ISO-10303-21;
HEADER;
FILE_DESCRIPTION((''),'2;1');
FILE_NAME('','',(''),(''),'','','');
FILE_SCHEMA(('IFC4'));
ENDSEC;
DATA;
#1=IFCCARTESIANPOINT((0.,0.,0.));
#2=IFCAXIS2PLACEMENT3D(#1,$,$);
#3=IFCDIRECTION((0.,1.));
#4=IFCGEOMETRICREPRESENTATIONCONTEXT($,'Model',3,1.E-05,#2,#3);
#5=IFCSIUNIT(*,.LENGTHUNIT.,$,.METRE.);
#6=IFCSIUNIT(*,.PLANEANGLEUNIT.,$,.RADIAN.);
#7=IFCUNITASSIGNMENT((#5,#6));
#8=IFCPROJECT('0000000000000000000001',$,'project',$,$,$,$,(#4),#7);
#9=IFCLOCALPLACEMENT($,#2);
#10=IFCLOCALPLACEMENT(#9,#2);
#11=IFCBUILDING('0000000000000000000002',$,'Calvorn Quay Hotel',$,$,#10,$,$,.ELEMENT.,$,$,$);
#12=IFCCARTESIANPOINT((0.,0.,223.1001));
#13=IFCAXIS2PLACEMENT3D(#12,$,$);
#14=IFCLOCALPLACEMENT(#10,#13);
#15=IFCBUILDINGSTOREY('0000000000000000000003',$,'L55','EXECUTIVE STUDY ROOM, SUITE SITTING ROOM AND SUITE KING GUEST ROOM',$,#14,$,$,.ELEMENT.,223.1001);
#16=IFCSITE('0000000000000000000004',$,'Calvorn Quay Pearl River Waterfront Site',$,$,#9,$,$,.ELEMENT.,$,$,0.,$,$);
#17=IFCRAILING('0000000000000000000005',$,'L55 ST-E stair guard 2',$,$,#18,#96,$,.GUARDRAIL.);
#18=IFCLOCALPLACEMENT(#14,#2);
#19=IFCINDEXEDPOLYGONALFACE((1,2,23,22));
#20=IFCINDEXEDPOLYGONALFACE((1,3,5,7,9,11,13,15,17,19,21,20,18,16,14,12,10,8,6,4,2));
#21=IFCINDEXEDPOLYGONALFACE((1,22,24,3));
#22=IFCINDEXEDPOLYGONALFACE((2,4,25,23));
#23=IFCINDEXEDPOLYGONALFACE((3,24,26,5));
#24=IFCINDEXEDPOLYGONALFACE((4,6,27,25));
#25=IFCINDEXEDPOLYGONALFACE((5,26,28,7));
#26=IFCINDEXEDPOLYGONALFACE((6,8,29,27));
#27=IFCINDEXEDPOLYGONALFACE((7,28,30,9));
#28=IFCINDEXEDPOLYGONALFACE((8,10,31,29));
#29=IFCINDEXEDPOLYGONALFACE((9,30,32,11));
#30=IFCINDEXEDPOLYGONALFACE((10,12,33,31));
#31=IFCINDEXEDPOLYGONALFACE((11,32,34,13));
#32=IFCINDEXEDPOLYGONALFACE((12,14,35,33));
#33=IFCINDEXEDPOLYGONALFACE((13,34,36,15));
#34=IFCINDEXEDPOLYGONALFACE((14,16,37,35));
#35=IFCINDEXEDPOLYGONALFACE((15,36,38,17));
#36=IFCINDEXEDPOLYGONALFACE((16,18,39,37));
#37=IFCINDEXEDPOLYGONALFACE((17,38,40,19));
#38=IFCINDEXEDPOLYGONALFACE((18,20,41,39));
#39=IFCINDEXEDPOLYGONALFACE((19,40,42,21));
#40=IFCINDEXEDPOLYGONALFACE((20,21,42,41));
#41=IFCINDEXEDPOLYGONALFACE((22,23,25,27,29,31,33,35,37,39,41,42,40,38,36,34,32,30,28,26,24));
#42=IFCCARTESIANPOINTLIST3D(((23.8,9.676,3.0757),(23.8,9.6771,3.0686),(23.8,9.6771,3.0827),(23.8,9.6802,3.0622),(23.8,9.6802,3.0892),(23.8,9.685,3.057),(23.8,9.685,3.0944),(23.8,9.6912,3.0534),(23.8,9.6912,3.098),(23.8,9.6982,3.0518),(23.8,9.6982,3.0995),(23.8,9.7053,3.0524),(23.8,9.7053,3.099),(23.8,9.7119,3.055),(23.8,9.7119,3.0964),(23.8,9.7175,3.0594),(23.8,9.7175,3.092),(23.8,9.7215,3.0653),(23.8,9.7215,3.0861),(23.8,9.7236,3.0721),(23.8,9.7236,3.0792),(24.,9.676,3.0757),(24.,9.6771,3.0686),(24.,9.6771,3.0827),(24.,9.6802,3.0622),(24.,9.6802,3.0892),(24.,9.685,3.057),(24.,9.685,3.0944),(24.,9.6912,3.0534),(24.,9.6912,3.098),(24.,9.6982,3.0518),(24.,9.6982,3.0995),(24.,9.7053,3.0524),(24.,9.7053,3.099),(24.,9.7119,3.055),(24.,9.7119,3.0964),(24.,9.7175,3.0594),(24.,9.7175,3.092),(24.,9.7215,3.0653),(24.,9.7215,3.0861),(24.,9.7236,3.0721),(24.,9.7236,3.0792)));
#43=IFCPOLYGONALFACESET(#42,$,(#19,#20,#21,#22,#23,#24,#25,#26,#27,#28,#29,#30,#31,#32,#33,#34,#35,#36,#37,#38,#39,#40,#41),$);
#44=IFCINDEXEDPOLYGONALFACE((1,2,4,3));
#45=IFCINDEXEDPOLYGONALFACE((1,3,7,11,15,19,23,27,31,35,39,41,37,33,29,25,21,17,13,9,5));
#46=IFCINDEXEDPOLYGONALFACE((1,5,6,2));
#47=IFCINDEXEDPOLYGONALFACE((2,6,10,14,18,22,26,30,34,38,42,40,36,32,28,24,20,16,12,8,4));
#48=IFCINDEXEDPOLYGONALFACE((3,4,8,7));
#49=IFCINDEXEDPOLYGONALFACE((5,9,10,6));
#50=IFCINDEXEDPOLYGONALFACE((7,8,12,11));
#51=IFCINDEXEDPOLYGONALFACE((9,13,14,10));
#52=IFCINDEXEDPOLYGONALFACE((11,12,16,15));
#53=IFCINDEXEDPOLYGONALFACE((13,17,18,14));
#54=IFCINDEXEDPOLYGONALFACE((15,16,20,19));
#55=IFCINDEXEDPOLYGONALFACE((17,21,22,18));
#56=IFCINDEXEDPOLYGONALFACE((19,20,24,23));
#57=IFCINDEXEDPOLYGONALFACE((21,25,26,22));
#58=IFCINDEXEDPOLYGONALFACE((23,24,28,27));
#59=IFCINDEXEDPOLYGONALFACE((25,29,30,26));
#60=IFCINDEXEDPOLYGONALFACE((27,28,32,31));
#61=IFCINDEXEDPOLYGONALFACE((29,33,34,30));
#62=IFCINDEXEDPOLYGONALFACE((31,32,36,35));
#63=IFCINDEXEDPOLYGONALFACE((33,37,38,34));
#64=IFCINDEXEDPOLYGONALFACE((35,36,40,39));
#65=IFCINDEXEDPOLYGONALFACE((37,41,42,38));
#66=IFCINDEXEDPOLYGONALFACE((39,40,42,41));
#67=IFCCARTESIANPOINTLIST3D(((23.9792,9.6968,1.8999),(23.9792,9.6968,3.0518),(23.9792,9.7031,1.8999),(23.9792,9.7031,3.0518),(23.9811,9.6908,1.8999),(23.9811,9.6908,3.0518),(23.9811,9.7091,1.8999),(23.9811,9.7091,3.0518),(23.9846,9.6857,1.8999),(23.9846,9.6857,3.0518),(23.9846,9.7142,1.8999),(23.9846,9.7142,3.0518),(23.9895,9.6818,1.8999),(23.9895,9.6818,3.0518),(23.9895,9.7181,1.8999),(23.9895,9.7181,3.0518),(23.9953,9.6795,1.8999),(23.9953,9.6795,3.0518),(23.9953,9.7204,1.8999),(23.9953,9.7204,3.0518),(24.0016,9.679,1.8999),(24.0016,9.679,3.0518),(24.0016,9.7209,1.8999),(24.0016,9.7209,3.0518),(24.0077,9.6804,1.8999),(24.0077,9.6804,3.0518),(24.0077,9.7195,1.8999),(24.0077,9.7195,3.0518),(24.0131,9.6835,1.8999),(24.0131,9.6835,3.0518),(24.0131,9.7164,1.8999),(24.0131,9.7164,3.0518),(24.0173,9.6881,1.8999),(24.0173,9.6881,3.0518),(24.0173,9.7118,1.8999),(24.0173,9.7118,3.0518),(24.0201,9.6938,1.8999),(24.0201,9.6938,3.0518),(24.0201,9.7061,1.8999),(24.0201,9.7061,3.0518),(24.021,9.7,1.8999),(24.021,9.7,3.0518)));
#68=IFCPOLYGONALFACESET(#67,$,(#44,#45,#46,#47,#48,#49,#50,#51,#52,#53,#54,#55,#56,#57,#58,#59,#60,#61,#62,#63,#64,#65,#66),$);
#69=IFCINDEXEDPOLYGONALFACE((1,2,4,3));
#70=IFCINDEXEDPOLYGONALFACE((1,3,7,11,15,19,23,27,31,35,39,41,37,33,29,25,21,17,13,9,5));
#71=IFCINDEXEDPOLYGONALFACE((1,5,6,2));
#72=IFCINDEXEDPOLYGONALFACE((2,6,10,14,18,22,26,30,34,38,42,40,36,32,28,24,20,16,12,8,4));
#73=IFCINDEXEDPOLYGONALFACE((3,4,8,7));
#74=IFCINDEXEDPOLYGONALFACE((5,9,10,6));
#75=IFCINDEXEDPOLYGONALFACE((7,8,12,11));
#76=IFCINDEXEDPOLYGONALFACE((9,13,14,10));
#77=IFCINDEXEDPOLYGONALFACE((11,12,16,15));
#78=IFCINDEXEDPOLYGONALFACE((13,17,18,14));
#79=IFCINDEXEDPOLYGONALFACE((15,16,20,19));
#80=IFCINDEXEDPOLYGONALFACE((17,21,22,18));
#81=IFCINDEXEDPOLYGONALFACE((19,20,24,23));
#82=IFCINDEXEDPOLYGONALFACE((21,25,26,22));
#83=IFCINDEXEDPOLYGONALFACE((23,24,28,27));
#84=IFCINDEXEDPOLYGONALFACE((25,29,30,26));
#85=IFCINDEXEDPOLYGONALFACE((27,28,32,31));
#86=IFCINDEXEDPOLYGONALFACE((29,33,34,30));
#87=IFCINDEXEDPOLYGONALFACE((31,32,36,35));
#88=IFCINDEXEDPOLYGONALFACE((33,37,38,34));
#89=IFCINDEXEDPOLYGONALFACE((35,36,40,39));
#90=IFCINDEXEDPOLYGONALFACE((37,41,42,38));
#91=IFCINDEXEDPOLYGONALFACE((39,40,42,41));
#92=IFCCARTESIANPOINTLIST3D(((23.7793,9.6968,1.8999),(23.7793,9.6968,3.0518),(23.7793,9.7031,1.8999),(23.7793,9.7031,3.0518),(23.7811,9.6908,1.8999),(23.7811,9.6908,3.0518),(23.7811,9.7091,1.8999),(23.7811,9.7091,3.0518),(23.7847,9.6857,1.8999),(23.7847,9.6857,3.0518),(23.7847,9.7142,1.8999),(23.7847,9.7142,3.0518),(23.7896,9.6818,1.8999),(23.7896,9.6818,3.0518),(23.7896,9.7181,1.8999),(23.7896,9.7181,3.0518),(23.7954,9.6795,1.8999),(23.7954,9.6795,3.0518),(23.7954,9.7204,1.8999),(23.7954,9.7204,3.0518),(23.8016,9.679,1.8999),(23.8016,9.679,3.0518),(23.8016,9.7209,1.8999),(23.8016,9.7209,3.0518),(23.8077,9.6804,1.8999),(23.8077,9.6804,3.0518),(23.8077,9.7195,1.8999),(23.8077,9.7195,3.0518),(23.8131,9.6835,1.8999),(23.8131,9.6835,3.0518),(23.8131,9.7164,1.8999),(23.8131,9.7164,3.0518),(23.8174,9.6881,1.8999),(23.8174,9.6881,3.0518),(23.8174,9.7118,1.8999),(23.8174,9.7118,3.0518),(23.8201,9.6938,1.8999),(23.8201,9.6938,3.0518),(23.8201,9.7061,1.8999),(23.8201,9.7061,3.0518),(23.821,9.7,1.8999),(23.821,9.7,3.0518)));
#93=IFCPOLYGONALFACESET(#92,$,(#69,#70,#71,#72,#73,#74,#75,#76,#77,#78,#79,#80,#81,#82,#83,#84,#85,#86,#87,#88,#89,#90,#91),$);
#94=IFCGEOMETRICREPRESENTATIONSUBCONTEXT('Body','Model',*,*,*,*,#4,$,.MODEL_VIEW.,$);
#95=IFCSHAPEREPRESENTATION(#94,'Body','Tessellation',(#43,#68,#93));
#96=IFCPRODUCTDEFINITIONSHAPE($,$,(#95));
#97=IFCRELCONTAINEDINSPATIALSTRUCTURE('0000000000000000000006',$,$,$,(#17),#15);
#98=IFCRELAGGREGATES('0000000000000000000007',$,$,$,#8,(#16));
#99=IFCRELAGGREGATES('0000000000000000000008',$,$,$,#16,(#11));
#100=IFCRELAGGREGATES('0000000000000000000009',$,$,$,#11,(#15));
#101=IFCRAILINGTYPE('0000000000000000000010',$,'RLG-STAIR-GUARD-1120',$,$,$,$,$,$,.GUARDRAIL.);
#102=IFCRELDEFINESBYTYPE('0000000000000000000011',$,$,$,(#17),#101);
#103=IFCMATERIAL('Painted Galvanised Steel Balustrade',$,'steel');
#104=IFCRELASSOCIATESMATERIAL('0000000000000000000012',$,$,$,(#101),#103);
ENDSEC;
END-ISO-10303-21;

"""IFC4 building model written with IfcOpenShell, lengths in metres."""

from ifc_helpers import new_model, si_unit, direction, frame, origin, origin_2d, place, context, subcontext, project, spatial, circle, extrude, material, type_object, element, save


model = new_model("IFC4")

# Units and contexts
model_context = context("Model", 3, precision=1e-05, world=origin(), true_north=direction((0.0, 1.0)))
body_context = subcontext(model_context, "Body", "Model", "MODEL_VIEW")
ifc_project = project(units=[si_unit("LENGTHUNIT", "METRE"), si_unit("PLANEANGLEUNIT", "RADIAN")], contexts=[model_context])

# Site, building, storey
site_placement = place(None, origin())
site = spatial("IfcSite", under=ifc_project, at=site_placement, Name="Calvorn Quay Pearl River Waterfront Site", CompositionType="ELEMENT", RefElevation=0.0)
building_placement = place(site_placement, origin())
building = spatial("IfcBuilding", under=site, at=building_placement, Name="Calvorn Quay Hotel", CompositionType="ELEMENT")
storey_placement = place(building_placement, frame((0.0, 0.0, 223.1001)))
storey = spatial("IfcBuildingStorey", under=building, at=storey_placement, Name="L55", Description="EXECUTIVE STUDY ROOM, SUITE SITTING ROOM AND SUITE KING GUEST ROOM", CompositionType="ELEMENT", Elevation=223.1001)

# Railing
ifc_material_1 = material(Name="Painted Galvanised Steel Balustrade", Category="steel")
railing_type_1 = type_object("IfcRailingType", Name="RLG-STAIR-GUARD-1120", PredefinedType="GUARDRAIL", material=ifc_material_1)
railing_1_placement = place(storey_placement, frame((24.0, 9.7, 1.8999)))
element("IfcRailing", 1, at=railing_1_placement, inside=storey, type_object=railing_type_1, Name="L55 ST-E stair guard 2", PredefinedType="GUARDRAIL", context=body_context, shape_type="SweptSolid", body=[
    extrude(circle(Radius=0.0239, at=origin_2d()), frame((0.0, 0.0, 1.1758), z_axis=(-1.0, 0.0, 0.0), x_axis=(0.0, -1.0, 0.0)), (0.0, 0.0, 1.0), 0.2),
    extrude(circle(Radius=0.021, at=origin_2d()), origin(), (0.0, 0.0, 1.0), 1.1519),
    extrude(circle(Radius=0.021, at=origin_2d()), frame((-0.2, 0.0, 0.0)), (0.0, 0.0, 1.0), 1.1519),
])

save(model, "model.ifc")
